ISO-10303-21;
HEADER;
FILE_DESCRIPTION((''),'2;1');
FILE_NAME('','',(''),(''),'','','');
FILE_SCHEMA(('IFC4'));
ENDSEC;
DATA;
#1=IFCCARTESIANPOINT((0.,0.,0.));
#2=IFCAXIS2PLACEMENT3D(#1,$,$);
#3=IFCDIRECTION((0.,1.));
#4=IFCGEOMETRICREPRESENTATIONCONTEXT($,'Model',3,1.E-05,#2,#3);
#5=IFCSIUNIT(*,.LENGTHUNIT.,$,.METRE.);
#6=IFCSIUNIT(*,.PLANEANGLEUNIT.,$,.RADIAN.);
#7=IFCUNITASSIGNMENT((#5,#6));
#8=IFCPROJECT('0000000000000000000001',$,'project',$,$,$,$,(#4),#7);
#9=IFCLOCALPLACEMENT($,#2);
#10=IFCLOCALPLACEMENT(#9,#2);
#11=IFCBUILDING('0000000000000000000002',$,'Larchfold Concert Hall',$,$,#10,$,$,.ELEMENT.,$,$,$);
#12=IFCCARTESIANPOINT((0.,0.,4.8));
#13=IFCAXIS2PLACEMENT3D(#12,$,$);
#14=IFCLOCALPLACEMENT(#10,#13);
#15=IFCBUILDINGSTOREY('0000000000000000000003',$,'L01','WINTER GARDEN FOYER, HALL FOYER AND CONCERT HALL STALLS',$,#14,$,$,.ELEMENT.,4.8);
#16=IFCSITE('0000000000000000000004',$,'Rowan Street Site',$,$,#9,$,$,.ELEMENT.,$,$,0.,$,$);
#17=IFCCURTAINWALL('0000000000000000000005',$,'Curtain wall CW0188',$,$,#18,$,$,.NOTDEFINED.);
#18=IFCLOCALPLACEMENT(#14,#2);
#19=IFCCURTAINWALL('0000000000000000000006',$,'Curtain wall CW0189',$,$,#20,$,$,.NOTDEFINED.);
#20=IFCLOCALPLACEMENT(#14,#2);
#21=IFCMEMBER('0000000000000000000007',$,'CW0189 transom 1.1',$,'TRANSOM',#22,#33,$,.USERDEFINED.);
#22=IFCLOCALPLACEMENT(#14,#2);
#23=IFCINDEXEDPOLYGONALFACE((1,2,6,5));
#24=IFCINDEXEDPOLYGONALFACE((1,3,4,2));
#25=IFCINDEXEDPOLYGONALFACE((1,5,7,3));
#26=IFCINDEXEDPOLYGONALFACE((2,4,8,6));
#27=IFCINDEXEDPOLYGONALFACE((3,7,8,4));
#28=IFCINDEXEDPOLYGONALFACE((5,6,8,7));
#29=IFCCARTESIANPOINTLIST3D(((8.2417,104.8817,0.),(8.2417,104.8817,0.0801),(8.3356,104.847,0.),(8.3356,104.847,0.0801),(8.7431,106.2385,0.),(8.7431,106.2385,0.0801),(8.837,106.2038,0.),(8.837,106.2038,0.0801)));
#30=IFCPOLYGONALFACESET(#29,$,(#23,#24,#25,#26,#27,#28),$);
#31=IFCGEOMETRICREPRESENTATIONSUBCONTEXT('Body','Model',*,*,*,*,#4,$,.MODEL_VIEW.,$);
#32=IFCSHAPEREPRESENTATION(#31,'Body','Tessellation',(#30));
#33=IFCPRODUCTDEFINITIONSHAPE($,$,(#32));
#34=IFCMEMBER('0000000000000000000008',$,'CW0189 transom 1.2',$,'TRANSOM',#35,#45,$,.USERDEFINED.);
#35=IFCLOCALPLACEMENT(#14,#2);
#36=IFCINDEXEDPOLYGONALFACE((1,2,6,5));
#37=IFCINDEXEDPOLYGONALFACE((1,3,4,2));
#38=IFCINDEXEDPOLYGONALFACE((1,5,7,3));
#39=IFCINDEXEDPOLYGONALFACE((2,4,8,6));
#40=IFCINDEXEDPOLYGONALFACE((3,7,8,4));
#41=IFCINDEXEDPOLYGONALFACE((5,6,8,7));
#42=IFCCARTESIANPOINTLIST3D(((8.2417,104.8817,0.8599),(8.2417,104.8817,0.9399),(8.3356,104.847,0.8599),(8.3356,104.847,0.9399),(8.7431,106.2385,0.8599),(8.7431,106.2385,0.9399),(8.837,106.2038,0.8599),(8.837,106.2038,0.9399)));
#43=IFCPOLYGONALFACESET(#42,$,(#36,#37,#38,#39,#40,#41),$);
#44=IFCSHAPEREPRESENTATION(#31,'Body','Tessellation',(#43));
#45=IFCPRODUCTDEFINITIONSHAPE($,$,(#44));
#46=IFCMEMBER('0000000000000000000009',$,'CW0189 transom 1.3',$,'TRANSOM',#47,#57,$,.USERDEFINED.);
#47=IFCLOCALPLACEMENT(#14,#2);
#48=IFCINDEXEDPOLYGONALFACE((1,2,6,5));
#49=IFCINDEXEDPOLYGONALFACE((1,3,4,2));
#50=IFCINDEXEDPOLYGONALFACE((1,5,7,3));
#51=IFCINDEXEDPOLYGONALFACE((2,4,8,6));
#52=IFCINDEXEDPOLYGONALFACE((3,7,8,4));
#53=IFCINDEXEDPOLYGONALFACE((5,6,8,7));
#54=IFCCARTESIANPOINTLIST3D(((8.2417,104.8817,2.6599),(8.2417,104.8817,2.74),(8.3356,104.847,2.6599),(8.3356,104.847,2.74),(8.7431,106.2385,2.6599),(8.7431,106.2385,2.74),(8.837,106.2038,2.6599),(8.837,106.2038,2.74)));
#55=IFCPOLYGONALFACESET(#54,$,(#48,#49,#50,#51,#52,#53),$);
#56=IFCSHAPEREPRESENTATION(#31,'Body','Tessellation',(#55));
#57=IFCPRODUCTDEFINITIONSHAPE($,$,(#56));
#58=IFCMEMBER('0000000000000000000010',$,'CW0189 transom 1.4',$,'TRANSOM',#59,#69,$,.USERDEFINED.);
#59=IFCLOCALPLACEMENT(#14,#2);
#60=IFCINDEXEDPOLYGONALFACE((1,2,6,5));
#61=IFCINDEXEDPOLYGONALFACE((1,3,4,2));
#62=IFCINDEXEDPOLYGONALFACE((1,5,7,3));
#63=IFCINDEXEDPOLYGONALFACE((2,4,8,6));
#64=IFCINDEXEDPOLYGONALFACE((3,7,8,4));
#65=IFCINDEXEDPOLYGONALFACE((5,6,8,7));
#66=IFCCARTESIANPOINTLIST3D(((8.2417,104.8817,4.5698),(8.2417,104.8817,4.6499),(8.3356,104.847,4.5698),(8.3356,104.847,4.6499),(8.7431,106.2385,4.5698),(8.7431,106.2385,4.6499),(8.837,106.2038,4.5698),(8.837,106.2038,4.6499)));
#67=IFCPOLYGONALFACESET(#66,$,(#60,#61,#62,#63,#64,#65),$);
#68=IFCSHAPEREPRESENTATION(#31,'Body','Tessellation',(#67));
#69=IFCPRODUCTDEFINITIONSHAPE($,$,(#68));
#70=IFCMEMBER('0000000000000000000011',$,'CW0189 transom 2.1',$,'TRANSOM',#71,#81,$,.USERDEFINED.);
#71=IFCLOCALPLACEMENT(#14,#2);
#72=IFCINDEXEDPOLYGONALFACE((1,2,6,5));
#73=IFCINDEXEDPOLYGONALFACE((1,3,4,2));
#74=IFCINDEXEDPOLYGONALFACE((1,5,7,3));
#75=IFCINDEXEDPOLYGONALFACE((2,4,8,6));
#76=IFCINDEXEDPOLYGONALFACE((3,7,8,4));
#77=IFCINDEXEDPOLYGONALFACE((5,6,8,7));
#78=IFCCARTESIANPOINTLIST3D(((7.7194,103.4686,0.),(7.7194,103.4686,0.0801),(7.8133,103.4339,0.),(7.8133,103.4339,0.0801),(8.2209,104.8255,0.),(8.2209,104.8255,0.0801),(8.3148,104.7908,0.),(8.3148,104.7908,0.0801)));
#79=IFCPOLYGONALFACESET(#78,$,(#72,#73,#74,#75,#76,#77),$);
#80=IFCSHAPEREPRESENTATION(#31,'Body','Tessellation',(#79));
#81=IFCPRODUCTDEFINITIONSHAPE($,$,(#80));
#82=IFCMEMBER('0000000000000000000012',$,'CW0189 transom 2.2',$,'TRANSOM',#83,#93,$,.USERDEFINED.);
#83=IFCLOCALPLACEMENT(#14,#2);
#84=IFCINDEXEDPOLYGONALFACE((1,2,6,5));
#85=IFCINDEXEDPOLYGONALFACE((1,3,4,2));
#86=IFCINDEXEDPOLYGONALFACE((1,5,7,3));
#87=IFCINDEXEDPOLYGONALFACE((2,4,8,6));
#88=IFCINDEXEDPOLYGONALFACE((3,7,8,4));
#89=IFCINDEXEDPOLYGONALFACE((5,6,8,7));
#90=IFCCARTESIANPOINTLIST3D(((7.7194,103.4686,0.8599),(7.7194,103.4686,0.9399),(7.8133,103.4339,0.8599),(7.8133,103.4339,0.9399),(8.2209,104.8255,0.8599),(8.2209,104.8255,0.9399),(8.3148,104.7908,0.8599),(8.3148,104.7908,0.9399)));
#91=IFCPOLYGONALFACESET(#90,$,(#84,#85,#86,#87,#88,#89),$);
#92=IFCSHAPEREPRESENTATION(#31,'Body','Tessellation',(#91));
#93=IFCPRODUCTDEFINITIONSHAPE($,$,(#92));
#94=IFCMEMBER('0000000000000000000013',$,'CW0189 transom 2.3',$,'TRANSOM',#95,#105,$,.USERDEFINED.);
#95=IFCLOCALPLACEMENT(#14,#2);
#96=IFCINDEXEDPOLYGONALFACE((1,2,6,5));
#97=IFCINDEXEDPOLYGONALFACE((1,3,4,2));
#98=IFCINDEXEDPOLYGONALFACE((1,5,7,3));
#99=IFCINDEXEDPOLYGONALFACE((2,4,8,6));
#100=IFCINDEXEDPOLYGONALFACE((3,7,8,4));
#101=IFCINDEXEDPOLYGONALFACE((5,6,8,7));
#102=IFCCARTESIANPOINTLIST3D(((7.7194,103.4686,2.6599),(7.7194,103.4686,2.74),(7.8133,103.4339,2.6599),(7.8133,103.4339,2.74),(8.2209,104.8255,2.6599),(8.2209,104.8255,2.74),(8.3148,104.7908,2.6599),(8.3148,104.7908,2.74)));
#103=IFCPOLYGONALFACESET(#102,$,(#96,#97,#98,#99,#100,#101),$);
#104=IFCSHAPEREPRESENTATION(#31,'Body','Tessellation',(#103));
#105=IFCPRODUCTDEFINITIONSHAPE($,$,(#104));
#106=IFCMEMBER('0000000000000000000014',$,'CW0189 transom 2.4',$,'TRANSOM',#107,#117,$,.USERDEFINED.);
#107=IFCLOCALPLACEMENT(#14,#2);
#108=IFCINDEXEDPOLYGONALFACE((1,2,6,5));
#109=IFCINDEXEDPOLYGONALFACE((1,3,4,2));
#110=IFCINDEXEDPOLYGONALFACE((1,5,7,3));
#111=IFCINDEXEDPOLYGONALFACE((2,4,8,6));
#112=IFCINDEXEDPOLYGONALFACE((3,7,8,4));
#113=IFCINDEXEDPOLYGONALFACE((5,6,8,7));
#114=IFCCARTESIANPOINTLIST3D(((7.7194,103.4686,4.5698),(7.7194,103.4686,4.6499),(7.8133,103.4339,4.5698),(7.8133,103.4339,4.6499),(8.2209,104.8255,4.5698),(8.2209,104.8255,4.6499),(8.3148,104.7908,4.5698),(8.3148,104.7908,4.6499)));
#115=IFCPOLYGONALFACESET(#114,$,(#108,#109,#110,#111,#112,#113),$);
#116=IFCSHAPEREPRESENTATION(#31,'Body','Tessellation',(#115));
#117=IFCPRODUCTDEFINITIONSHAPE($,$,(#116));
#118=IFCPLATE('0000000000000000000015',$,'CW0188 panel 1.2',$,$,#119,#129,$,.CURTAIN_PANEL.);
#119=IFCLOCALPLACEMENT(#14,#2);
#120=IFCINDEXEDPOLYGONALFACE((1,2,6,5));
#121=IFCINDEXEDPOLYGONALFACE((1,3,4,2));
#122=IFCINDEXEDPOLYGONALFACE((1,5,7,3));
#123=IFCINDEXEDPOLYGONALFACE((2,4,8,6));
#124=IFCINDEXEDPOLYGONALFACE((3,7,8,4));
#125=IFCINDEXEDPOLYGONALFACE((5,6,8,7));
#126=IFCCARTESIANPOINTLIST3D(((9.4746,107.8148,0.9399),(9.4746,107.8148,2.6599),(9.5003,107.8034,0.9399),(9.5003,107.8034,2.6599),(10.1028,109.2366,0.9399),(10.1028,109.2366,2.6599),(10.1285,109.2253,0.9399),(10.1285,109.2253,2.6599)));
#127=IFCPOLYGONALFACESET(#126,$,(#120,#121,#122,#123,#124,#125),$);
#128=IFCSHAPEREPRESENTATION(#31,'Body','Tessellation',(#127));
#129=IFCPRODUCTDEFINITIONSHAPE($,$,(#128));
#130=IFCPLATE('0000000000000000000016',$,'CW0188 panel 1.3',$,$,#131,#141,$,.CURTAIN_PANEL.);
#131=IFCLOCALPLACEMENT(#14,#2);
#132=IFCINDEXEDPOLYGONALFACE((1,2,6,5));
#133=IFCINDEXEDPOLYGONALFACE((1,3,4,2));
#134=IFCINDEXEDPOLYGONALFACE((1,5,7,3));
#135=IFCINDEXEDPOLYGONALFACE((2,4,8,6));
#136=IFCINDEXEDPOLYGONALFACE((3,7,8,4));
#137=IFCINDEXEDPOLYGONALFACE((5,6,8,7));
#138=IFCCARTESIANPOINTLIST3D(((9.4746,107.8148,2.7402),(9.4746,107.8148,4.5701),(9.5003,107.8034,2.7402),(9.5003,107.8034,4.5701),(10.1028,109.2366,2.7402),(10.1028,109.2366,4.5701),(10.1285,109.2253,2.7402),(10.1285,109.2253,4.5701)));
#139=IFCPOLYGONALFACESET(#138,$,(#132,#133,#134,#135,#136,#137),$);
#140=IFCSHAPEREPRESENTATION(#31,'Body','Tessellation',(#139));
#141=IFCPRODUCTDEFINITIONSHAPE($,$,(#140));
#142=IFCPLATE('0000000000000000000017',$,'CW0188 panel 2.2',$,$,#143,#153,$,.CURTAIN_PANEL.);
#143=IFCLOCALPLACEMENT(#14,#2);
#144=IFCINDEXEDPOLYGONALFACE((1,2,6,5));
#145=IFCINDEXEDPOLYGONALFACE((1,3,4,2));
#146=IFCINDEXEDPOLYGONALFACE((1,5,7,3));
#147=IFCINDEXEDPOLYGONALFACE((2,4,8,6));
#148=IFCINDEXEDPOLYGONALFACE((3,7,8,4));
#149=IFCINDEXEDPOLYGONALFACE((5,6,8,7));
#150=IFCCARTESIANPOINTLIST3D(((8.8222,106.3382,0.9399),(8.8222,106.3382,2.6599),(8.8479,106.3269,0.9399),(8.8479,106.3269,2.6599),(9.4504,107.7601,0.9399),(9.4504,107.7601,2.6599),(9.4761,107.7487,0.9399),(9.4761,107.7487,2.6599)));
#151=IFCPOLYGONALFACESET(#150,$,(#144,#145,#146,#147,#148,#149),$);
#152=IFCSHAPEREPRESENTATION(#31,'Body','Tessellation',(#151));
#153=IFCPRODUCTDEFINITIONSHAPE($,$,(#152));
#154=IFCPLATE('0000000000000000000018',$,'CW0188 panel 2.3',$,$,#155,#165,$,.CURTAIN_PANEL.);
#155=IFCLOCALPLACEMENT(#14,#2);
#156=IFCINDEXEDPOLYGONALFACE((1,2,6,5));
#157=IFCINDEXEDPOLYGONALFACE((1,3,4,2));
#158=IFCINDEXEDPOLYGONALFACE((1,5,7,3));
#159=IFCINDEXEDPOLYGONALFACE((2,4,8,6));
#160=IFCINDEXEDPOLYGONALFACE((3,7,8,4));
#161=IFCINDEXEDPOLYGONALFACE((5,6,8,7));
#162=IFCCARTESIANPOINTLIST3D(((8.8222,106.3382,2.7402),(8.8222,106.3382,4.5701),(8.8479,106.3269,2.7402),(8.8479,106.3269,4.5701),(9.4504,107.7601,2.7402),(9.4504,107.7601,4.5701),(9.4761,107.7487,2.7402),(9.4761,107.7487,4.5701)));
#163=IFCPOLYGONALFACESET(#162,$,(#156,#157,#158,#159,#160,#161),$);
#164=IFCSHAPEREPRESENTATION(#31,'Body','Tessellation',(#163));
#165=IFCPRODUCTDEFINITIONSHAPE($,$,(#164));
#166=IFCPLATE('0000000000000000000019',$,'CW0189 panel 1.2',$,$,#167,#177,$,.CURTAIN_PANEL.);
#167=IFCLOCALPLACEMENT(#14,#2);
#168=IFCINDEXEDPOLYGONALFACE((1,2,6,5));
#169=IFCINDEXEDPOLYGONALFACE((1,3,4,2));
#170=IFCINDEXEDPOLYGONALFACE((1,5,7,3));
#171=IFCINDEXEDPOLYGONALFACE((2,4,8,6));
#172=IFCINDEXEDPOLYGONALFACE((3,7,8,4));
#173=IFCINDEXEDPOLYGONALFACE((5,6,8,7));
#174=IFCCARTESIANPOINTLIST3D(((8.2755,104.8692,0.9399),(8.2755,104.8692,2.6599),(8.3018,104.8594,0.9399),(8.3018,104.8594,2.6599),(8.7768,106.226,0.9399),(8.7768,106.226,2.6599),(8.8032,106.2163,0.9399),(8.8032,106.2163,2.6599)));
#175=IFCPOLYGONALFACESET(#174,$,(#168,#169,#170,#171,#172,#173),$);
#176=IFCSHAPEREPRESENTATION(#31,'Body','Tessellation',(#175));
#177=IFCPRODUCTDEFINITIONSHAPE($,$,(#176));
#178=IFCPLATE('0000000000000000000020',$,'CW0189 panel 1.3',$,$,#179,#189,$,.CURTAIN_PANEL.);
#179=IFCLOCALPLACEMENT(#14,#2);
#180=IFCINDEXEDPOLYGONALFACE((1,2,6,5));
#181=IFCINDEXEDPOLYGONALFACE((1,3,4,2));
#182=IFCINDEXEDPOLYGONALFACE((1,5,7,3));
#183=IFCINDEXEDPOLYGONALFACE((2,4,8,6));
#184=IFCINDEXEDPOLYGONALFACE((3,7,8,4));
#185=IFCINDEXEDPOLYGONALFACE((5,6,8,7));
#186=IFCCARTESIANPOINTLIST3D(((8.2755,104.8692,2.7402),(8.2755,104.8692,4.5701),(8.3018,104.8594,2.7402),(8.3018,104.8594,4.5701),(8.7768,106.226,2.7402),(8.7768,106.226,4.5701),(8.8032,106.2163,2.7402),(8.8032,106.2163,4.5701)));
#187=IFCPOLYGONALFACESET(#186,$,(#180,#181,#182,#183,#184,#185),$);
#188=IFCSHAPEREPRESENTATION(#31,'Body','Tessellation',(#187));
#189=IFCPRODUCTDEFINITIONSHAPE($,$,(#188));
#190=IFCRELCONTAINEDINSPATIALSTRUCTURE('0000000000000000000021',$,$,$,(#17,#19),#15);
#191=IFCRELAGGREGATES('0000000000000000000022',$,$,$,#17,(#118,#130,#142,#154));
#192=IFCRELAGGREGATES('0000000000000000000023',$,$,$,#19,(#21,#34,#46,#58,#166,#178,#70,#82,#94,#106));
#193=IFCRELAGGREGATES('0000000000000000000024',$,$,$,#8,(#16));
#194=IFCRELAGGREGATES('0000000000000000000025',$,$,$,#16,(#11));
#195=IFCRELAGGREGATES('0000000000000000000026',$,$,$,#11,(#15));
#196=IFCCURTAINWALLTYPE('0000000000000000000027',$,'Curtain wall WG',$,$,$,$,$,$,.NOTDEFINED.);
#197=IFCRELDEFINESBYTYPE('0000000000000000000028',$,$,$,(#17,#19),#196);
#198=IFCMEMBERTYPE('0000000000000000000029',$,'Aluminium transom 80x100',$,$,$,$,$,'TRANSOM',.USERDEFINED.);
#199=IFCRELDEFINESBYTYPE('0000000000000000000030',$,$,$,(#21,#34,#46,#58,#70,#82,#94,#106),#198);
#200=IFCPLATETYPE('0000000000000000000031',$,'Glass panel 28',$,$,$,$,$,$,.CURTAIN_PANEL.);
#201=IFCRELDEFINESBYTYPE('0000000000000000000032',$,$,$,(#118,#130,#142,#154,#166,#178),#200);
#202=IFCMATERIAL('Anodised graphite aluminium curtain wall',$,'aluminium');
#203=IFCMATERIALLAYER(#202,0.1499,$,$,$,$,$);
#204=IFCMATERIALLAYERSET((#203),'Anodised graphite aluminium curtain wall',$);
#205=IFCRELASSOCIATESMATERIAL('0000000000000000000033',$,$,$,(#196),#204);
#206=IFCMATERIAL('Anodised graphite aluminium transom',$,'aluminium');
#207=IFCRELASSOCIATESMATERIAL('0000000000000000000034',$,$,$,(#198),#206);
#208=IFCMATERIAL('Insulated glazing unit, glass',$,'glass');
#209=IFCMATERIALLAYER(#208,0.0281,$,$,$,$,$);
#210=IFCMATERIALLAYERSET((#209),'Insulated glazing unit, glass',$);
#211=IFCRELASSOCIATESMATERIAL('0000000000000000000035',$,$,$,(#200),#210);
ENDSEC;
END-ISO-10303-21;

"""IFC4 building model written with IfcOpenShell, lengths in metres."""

from ifc_helpers import new_model, si_unit, direction, frame, origin, origin_2d, place, context, subcontext, project, spatial, rectangle, extrude, material, layer, layer_set, material_profile, profile_set, type_object, element, aggregate, save


model = new_model("IFC4")

# Units and contexts
model_context = context("Model", 3, precision=1e-05, world=origin(), true_north=direction((0.0, 1.0)))
body_context = subcontext(model_context, "Body", "Model", "MODEL_VIEW")
ifc_project = project(units=[si_unit("LENGTHUNIT", "METRE"), si_unit("PLANEANGLEUNIT", "RADIAN")], contexts=[model_context])

# Site, building, storey
site_placement = place(None, origin())
site = spatial("IfcSite", under=ifc_project, at=site_placement, Name="Rowan Street Site", CompositionType="ELEMENT", RefElevation=0.0)
building_placement = place(site_placement, origin())
building = spatial("IfcBuilding", under=site, at=building_placement, Name="Larchfold Concert Hall", CompositionType="ELEMENT")
storey_placement = place(building_placement, frame((0.0, 0.0, 4.8)))
storey = spatial("IfcBuildingStorey", under=building, at=storey_placement, Name="L01", Description="WINTER GARDEN FOYER, HALL FOYER AND CONCERT HALL STALLS", CompositionType="ELEMENT", Elevation=4.8)

# Shared definitions
ifc_material_1 = material(Name="Anodised graphite aluminium curtain wall", Category="aluminium")
ifc_layer_1 = layer(ifc_material_1, 0.1499)
ifc_layer_set_1 = layer_set([ifc_layer_1], Name="Anodised graphite aluminium curtain wall")
curtain_wall_type = type_object("IfcCurtainWallType", Name="Curtain wall WG", PredefinedType="NOTDEFINED", material=ifc_layer_set_1)

# Curtain walls
curtain_wall_1_placement = place(storey_placement, origin())
curtain_wall_1 = element("IfcCurtainWall", 1, at=curtain_wall_1_placement, inside=storey, type_object=curtain_wall_type, Name="Curtain wall CW0188", PredefinedType="NOTDEFINED")
curtain_wall_2_placement = place(storey_placement, origin())
curtain_wall_2 = element("IfcCurtainWall", 2, at=curtain_wall_2_placement, inside=storey, type_object=curtain_wall_type, Name="Curtain wall CW0189", PredefinedType="NOTDEFINED")

# Members
ifc_material_2 = material(Name="Anodised graphite aluminium transom", Category="aluminium")
ifc_material_profile_1 = material_profile(ifc_material_2, rectangle(XDim=0.1001, YDim=0.0801, at=origin_2d()))
ifc_profile_set_1 = profile_set([ifc_material_profile_1], Name="Anodised graphite aluminium transom")
member_type_1 = type_object("IfcMemberType", Name="Aluminium transom 80x100", ElementType="TRANSOM", PredefinedType="USERDEFINED", material=ifc_profile_set_1)
member_1_placement = place(storey_placement, frame((8.79, 106.2212, 0.04), z_axis=(-0.346644, -0.937997, 0.0), x_axis=(0.937997, -0.346644, 0.0)))
member_1 = element("IfcMember", 3, at=member_1_placement, type_object=member_type_1, Name="CW0189 transom 1.1", ObjectType="TRANSOM", PredefinedType="USERDEFINED", context=body_context, shape_type="SweptSolid", body=[
    extrude(rectangle(XDim=0.1001, YDim=0.0801, at=origin_2d()), origin(), (0.0, 0.0, 1.0), 1.4465),
])
member_2_placement = place(storey_placement, frame((8.79, 106.2212, 0.8999), z_axis=(-0.346644, -0.937997, 0.0), x_axis=(0.937997, -0.346644, 0.0)))
member_2 = element("IfcMember", 4, at=member_2_placement, type_object=member_type_1, Name="CW0189 transom 1.2", ObjectType="TRANSOM", PredefinedType="USERDEFINED", context=body_context, shape_type="SweptSolid", body=[
    extrude(rectangle(XDim=0.1001, YDim=0.0801, at=origin_2d()), origin(), (0.0, 0.0, 1.0), 1.4465),
])
member_3_placement = place(storey_placement, frame((8.79, 106.2212, 2.7), z_axis=(-0.346644, -0.937997, 0.0), x_axis=(0.937997, -0.346644, 0.0)))
member_3 = element("IfcMember", 5, at=member_3_placement, type_object=member_type_1, Name="CW0189 transom 1.3", ObjectType="TRANSOM", PredefinedType="USERDEFINED", context=body_context, shape_type="SweptSolid", body=[
    extrude(rectangle(XDim=0.1001, YDim=0.0801, at=origin_2d()), origin(), (0.0, 0.0, 1.0), 1.4465),
])
member_4_placement = place(storey_placement, frame((8.79, 106.2212, 4.6099), z_axis=(-0.346644, -0.937997, 0.0), x_axis=(0.937997, -0.346644, 0.0)))
member_4 = element("IfcMember", 6, at=member_4_placement, type_object=member_type_1, Name="CW0189 transom 1.4", ObjectType="TRANSOM", PredefinedType="USERDEFINED", context=body_context, shape_type="SweptSolid", body=[
    extrude(rectangle(XDim=0.1001, YDim=0.0801, at=origin_2d()), origin(), (0.0, 0.0, 1.0), 1.4465),
])
member_5_placement = place(storey_placement, frame((8.2678, 104.8081, 0.04), z_axis=(-0.346644, -0.937997, 0.0), x_axis=(0.937997, -0.346644, 0.0)))
member_5 = element("IfcMember", 7, at=member_5_placement, type_object=member_type_1, Name="CW0189 transom 2.1", ObjectType="TRANSOM", PredefinedType="USERDEFINED", context=body_context, shape_type="SweptSolid", body=[
    extrude(rectangle(XDim=0.1001, YDim=0.0801, at=origin_2d()), origin(), (0.0, 0.0, 1.0), 1.4465),
])
member_6_placement = place(storey_placement, frame((8.2678, 104.8081, 0.8999), z_axis=(-0.346644, -0.937997, 0.0), x_axis=(0.937997, -0.346644, 0.0)))
member_6 = element("IfcMember", 8, at=member_6_placement, type_object=member_type_1, Name="CW0189 transom 2.2", ObjectType="TRANSOM", PredefinedType="USERDEFINED", context=body_context, shape_type="SweptSolid", body=[
    extrude(rectangle(XDim=0.1001, YDim=0.0801, at=origin_2d()), origin(), (0.0, 0.0, 1.0), 1.4465),
])
member_7_placement = place(storey_placement, frame((8.2678, 104.8081, 2.7), z_axis=(-0.346644, -0.937997, 0.0), x_axis=(0.937997, -0.346644, 0.0)))
member_7 = element("IfcMember", 9, at=member_7_placement, type_object=member_type_1, Name="CW0189 transom 2.3", ObjectType="TRANSOM", PredefinedType="USERDEFINED", context=body_context, shape_type="SweptSolid", body=[
    extrude(rectangle(XDim=0.1001, YDim=0.0801, at=origin_2d()), origin(), (0.0, 0.0, 1.0), 1.4465),
])
member_8_placement = place(storey_placement, frame((8.2678, 104.8081, 4.6099), z_axis=(-0.346644, -0.937997, 0.0), x_axis=(0.937997, -0.346644, 0.0)))
member_8 = element("IfcMember", 10, at=member_8_placement, type_object=member_type_1, Name="CW0189 transom 2.4", ObjectType="TRANSOM", PredefinedType="USERDEFINED", context=body_context, shape_type="SweptSolid", body=[
    extrude(rectangle(XDim=0.1001, YDim=0.0801, at=origin_2d()), origin(), (0.0, 0.0, 1.0), 1.4465),
])

# Plates
ifc_material_3 = material(Name="Insulated glazing unit, glass", Category="glass")
ifc_layer_2 = layer(ifc_material_3, 0.0281)
ifc_layer_set_2 = layer_set([ifc_layer_2], Name="Insulated glazing unit, glass")
plate_type_1 = type_object("IfcPlateType", Name="Glass panel 28", PredefinedType="CURTAIN_PANEL", material=ifc_layer_set_2)
plate_1_placement = place(storey_placement, frame((9.8015, 108.52, 0.9399), z_axis=(0.0, 0.0, 1.0), x_axis=(-0.404126, -0.914703, 0.0)))
plate_1 = element("IfcPlate", 11, at=plate_1_placement, type_object=plate_type_1, Name="CW0188 panel 1.2", PredefinedType="CURTAIN_PANEL", context=body_context, shape_type="SweptSolid", body=[
    extrude(rectangle(XDim=1.5544, YDim=0.0281, at=origin_2d()), origin(), (0.0, 0.0, 1.0), 1.72),
])
plate_2_placement = place(storey_placement, frame((9.8015, 108.52, 2.7402), z_axis=(0.0, 0.0, 1.0), x_axis=(-0.404126, -0.914703, 0.0)))
plate_2 = element("IfcPlate", 12, at=plate_2_placement, type_object=plate_type_1, Name="CW0188 panel 1.3", PredefinedType="CURTAIN_PANEL", context=body_context, shape_type="SweptSolid", body=[
    extrude(rectangle(XDim=1.5544, YDim=0.0281, at=origin_2d()), origin(), (0.0, 0.0, 1.0), 1.8298),
])
plate_3_placement = place(storey_placement, frame((9.1492, 107.0435, 0.9399), z_axis=(0.0, 0.0, 1.0), x_axis=(-0.404126, -0.914703, 0.0)))
plate_3 = element("IfcPlate", 13, at=plate_3_placement, type_object=plate_type_1, Name="CW0188 panel 2.2", PredefinedType="CURTAIN_PANEL", context=body_context, shape_type="SweptSolid", body=[
    extrude(rectangle(XDim=1.5544, YDim=0.0281, at=origin_2d()), origin(), (0.0, 0.0, 1.0), 1.72),
])
plate_4_placement = place(storey_placement, frame((9.1492, 107.0435, 2.7402), z_axis=(0.0, 0.0, 1.0), x_axis=(-0.404126, -0.914703, 0.0)))
plate_4 = element("IfcPlate", 14, at=plate_4_placement, type_object=plate_type_1, Name="CW0188 panel 2.3", PredefinedType="CURTAIN_PANEL", context=body_context, shape_type="SweptSolid", body=[
    extrude(rectangle(XDim=1.5544, YDim=0.0281, at=origin_2d()), origin(), (0.0, 0.0, 1.0), 1.8298),
])
plate_5_placement = place(storey_placement, frame((8.5393, 105.5427, 0.9399), z_axis=(0.0, 0.0, 1.0), x_axis=(-0.346592, -0.938016, 0.0)))
plate_5 = element("IfcPlate", 15, at=plate_5_placement, type_object=plate_type_1, Name="CW0189 panel 1.2", PredefinedType="CURTAIN_PANEL", context=body_context, shape_type="SweptSolid", body=[
    extrude(rectangle(XDim=1.4465, YDim=0.0281, at=origin_2d()), origin(), (0.0, 0.0, 1.0), 1.72),
])
plate_6_placement = place(storey_placement, frame((8.5393, 105.5427, 2.7402), z_axis=(0.0, 0.0, 1.0), x_axis=(-0.346592, -0.938016, 0.0)))
plate_6 = element("IfcPlate", 16, at=plate_6_placement, type_object=plate_type_1, Name="CW0189 panel 1.3", PredefinedType="CURTAIN_PANEL", context=body_context, shape_type="SweptSolid", body=[
    extrude(rectangle(XDim=1.4465, YDim=0.0281, at=origin_2d()), origin(), (0.0, 0.0, 1.0), 1.8298),
])
aggregate(curtain_wall_1, [plate_1, plate_2, plate_3, plate_4])
aggregate(curtain_wall_2, [member_1, member_2, member_3, member_4, plate_5, plate_6, member_5, member_6, member_7, member_8])

save(model, "model.ifc")
